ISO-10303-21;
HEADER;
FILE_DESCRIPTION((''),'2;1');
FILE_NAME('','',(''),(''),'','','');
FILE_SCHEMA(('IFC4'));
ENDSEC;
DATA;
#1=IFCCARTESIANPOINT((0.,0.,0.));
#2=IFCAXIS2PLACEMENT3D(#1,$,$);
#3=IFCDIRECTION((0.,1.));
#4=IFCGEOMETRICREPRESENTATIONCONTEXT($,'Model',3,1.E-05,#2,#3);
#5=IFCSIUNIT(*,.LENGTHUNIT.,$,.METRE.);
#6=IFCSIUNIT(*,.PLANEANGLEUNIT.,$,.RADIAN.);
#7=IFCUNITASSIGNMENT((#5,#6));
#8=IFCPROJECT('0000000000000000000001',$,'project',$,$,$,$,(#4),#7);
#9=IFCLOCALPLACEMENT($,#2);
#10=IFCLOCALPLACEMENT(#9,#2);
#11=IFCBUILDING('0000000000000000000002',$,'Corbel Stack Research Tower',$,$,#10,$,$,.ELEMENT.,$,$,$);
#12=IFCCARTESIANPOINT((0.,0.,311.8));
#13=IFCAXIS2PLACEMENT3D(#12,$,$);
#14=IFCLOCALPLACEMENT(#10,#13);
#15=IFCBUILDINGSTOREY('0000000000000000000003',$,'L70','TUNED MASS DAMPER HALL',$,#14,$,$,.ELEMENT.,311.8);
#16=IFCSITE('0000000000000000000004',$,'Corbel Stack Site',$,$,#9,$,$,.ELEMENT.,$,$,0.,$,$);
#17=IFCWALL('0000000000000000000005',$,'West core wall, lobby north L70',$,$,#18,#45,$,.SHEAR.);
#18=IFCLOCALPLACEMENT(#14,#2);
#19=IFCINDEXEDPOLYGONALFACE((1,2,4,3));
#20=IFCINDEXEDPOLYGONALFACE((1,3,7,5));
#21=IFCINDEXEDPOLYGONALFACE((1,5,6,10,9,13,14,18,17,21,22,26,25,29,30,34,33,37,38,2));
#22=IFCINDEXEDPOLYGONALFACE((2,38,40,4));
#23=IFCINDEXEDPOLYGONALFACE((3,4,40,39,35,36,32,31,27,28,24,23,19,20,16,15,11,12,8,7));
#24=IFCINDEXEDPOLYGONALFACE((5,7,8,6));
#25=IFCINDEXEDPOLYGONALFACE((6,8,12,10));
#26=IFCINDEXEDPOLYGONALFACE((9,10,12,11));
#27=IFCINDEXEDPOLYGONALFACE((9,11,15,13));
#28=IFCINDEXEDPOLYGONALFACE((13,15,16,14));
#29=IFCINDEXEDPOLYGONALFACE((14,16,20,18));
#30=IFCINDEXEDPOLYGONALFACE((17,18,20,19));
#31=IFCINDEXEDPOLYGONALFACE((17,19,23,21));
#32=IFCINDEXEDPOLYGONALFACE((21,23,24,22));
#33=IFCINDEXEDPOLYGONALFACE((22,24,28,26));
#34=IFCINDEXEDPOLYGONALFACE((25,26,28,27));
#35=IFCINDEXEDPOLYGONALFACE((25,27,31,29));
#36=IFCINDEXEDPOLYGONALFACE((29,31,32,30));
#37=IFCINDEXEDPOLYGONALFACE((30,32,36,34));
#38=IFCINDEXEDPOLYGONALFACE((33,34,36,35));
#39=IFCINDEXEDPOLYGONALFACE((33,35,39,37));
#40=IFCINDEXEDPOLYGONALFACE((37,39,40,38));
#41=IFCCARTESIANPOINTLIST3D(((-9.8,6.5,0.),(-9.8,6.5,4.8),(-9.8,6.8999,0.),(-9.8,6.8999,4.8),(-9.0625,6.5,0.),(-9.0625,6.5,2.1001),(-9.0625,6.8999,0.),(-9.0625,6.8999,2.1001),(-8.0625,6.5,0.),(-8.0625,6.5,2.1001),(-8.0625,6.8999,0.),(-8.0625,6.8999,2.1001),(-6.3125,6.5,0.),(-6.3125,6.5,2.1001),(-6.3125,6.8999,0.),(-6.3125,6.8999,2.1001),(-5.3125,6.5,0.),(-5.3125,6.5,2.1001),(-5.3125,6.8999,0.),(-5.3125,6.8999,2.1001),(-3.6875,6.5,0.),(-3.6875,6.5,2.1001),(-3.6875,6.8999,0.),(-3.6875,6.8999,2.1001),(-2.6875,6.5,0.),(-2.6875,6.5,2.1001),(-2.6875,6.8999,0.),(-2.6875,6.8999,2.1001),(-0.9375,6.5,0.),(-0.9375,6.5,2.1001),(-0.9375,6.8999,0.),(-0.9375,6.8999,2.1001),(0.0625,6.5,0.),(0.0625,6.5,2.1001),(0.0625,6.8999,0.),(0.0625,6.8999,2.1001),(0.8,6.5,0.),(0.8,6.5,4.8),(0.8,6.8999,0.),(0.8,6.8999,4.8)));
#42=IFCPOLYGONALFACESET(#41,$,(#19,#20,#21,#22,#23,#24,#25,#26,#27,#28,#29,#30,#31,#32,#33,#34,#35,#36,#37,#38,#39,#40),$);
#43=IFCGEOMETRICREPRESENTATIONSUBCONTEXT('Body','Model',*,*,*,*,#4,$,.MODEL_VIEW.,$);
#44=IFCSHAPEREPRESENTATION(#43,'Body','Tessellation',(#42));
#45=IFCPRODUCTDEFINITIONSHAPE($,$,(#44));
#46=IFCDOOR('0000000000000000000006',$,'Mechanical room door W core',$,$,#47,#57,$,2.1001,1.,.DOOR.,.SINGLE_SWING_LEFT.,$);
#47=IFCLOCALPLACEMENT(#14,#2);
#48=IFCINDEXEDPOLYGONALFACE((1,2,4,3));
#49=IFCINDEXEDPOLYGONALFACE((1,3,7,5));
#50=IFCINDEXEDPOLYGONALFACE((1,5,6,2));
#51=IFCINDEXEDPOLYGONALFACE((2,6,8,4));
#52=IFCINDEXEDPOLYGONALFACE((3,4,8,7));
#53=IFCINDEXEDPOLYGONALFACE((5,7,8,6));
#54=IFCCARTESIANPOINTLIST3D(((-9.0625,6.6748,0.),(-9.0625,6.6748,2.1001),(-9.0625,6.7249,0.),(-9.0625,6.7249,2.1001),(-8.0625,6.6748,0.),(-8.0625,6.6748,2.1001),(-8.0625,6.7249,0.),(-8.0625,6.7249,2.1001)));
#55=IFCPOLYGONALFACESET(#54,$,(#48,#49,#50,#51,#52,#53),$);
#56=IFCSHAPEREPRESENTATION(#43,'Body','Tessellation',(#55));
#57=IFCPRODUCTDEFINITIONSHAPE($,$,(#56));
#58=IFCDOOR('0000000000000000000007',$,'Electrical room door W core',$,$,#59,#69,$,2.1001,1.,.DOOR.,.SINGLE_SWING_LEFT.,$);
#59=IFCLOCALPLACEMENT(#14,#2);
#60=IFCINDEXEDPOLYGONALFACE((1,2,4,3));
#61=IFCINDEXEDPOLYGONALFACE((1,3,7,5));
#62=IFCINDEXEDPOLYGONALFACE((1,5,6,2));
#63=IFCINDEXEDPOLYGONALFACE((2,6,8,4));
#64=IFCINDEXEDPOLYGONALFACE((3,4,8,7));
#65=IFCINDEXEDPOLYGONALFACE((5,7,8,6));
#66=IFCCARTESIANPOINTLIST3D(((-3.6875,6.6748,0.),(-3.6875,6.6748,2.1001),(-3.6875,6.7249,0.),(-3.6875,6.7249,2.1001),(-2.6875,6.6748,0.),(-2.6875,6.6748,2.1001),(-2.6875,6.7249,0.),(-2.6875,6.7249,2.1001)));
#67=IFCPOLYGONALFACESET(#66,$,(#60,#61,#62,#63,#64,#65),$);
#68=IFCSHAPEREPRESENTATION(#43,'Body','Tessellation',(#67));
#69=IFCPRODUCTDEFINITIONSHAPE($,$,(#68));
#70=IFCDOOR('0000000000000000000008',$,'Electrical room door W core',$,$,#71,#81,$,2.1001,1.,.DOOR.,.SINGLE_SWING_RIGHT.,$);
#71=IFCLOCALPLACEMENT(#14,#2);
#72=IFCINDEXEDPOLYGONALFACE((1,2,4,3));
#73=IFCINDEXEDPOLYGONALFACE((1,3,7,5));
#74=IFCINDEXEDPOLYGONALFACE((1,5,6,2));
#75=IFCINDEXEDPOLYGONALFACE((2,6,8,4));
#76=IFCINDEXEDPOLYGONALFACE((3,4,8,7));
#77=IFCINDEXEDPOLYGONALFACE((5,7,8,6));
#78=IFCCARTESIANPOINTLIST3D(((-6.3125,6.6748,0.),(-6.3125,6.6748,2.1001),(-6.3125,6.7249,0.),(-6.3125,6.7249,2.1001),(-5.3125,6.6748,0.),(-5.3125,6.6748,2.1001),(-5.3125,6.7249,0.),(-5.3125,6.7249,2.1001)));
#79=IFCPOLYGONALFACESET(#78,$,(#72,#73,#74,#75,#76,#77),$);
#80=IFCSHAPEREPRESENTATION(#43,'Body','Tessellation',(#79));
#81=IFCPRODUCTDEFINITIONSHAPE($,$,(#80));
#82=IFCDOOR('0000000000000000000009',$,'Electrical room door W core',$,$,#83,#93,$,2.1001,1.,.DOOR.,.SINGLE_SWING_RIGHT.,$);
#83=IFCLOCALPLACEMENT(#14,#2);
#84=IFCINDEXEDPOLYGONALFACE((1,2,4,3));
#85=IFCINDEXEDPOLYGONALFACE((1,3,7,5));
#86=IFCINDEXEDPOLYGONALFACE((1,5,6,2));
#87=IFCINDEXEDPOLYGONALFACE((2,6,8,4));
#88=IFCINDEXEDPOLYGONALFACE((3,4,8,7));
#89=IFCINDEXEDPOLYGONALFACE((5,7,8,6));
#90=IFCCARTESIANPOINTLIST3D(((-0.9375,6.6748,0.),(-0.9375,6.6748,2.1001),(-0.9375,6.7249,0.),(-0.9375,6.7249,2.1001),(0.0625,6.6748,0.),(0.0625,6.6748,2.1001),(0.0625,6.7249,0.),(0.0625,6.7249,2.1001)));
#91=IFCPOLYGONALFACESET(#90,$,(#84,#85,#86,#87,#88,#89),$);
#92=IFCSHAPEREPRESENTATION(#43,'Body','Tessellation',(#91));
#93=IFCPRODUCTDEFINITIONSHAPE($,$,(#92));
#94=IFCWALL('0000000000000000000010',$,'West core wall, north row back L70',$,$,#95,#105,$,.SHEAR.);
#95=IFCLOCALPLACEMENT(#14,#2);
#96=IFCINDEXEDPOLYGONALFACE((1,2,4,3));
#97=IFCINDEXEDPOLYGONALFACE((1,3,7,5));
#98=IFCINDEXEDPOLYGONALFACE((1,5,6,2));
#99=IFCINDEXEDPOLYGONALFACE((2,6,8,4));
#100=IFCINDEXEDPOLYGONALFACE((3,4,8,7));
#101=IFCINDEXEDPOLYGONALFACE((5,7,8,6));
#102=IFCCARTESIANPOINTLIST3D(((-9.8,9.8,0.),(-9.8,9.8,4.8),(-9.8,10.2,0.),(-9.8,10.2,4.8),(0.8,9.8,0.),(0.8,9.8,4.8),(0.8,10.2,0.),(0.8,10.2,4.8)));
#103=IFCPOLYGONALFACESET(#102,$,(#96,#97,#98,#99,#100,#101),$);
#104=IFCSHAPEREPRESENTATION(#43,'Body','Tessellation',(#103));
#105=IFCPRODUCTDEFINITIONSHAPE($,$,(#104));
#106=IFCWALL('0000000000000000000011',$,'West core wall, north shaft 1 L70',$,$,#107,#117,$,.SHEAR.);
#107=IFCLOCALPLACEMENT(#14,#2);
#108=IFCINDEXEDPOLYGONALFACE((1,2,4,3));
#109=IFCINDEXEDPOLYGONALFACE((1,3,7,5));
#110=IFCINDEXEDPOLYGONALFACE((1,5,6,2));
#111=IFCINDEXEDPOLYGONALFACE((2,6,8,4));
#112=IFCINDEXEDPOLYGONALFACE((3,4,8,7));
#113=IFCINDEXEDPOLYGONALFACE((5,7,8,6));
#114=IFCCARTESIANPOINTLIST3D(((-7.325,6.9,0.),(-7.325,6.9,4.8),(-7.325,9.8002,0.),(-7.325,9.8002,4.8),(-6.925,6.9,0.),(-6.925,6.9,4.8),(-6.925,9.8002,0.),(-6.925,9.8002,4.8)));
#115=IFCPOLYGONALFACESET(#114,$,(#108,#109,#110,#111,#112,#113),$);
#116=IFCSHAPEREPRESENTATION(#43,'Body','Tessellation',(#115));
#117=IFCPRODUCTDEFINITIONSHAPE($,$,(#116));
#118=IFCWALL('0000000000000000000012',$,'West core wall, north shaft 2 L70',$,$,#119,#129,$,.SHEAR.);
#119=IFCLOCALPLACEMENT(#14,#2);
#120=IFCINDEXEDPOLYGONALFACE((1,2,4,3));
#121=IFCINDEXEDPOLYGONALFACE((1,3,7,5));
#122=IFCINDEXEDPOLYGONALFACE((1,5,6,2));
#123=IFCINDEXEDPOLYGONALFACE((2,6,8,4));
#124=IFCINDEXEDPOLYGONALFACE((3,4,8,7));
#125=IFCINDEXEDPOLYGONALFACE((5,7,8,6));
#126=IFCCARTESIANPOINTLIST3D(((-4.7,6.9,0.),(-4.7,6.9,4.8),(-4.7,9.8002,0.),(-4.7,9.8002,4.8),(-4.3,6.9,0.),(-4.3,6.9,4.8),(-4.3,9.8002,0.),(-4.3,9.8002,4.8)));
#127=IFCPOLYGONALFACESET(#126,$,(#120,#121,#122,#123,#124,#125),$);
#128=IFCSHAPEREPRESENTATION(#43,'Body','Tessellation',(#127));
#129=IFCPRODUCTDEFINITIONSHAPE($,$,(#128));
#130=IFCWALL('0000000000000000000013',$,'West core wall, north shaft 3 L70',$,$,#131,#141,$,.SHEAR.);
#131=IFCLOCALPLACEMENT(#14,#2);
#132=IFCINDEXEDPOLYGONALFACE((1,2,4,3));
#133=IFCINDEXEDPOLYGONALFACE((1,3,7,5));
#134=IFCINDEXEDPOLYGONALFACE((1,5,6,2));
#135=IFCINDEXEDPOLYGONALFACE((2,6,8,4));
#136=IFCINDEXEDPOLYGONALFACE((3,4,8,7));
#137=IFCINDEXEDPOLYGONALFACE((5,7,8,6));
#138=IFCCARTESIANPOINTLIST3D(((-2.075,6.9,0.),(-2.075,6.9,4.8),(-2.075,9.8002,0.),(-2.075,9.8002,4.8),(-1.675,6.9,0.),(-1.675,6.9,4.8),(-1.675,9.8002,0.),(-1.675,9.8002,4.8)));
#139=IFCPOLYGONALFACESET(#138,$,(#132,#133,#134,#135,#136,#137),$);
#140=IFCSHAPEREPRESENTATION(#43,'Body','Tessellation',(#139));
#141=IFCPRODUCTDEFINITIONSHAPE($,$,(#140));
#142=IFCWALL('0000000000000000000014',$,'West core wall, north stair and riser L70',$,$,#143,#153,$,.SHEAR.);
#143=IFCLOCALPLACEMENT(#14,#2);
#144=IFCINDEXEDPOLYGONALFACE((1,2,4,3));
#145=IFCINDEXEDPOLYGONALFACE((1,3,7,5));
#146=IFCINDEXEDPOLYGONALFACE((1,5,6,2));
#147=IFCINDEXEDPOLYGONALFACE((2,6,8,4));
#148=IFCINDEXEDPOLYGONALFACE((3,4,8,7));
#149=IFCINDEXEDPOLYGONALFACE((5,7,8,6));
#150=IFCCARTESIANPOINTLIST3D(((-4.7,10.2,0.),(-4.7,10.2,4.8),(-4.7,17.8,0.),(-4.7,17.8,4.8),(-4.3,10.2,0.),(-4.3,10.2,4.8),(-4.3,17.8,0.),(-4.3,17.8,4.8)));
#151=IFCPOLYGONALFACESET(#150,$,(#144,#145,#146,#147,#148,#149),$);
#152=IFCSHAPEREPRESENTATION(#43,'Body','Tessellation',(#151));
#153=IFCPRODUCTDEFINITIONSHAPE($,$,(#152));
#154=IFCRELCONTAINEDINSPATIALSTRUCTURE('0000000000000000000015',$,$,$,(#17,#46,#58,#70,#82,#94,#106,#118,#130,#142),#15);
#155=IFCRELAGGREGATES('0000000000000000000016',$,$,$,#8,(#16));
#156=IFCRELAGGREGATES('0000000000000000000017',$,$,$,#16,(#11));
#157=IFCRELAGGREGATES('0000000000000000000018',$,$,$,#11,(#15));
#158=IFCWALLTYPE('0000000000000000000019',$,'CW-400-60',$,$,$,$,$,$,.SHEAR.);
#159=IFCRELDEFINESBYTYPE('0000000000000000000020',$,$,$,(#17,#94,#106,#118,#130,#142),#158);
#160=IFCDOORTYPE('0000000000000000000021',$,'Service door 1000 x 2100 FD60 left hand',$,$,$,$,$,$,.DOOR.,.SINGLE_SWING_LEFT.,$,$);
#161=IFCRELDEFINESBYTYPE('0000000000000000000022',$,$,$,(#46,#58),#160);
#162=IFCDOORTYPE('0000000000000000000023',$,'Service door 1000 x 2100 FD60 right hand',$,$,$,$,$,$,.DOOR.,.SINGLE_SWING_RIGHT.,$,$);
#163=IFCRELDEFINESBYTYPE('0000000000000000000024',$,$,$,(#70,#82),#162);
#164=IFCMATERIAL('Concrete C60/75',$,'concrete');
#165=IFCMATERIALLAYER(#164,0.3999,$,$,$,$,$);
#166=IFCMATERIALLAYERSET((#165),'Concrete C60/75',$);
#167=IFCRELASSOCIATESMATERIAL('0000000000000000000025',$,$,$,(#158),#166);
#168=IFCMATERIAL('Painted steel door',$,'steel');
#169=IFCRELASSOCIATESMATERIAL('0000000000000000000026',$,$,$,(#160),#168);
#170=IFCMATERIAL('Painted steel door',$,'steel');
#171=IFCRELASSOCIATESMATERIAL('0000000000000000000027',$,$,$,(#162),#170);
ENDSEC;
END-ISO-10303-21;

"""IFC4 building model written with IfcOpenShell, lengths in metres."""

from ifc_helpers import new_model, si_unit, direction, frame, frame_2d, origin, place, context, subcontext, project, spatial, rectangle, extrude, material, layer, layer_set, type_object, element, fill, save


model = new_model("IFC4")

# Units and contexts
model_context = context("Model", 3, precision=1e-05, world=origin(), true_north=direction((0.0, 1.0)))
body_context = subcontext(model_context, "Body", "Model", "MODEL_VIEW")
ifc_project = project(units=[si_unit("LENGTHUNIT", "METRE"), si_unit("PLANEANGLEUNIT", "RADIAN")], contexts=[model_context])

# Site, building, storey
site_placement = place(None, origin())
site = spatial("IfcSite", under=ifc_project, at=site_placement, Name="Corbel Stack Site", CompositionType="ELEMENT", RefElevation=0.0)
building_placement = place(site_placement, origin())
building = spatial("IfcBuilding", under=site, at=building_placement, Name="Corbel Stack Research Tower", CompositionType="ELEMENT")
storey_placement = place(building_placement, frame((0.0, 0.0, 311.8)))
storey = spatial("IfcBuildingStorey", under=building, at=storey_placement, Name="L70", Description="TUNED MASS DAMPER HALL", CompositionType="ELEMENT", Elevation=311.8)

# Wall, openings, doors
ifc_material_1 = material(Name="Concrete C60/75", Category="concrete")
ifc_layer_1 = layer(ifc_material_1, 0.3999)
ifc_layer_set_1 = layer_set([ifc_layer_1], Name="Concrete C60/75")
wall_type = type_object("IfcWallType", Name="CW-400-60", PredefinedType="SHEAR", material=ifc_layer_set_1)
wall_1_placement = place(storey_placement, frame((-9.8, 6.7, 0.0), z_axis=(0.0, 0.0, 1.0), x_axis=(1.0, 0.0, 0.0)))
wall_1 = element("IfcWall", 1, at=wall_1_placement, inside=storey, type_object=wall_type, Name="West core wall, lobby north L70", PredefinedType="SHEAR", context=body_context, shape_type="SweptSolid", body=[
    extrude(rectangle(XDim=10.6001, YDim=0.3999, at=frame_2d((5.3, 0.0))), origin(), (0.0, 0.0, 1.0), 4.8),
])
opening_1_placement = place(wall_1_placement, frame((0.7375, 0.0, 0.0)))
opening_1 = element("IfcOpeningElement", 2, at=opening_1_placement, cuts=wall_1, PredefinedType="OPENING", context=body_context, shape_type="SweptSolid", body=[
    extrude(rectangle(XDim=1.0, YDim=2.1001, at=frame_2d((0.5, 1.05))), frame((0.0, 0.21, 0.0), z_axis=(0.0, -1.0, 0.0), x_axis=(1.0, 0.0, 0.0)), (0.0, 0.0, 1.0), 0.4199),
])
opening_2_placement = place(wall_1_placement, frame((3.4875, 0.0, 0.0)))
opening_2 = element("IfcOpeningElement", 3, at=opening_2_placement, cuts=wall_1, PredefinedType="OPENING", context=body_context, shape_type="SweptSolid", body=[
    extrude(rectangle(XDim=1.0, YDim=2.1001, at=frame_2d((0.5, 1.05))), frame((0.0, 0.21, 0.0), z_axis=(0.0, -1.0, 0.0), x_axis=(1.0, 0.0, 0.0)), (0.0, 0.0, 1.0), 0.4199),
])
opening_3_placement = place(wall_1_placement, frame((6.1125, 0.0, 0.0)))
opening_3 = element("IfcOpeningElement", 4, at=opening_3_placement, cuts=wall_1, PredefinedType="OPENING", context=body_context, shape_type="SweptSolid", body=[
    extrude(rectangle(XDim=1.0, YDim=2.1001, at=frame_2d((0.5, 1.05))), frame((0.0, 0.21, 0.0), z_axis=(0.0, -1.0, 0.0), x_axis=(1.0, 0.0, 0.0)), (0.0, 0.0, 1.0), 0.4199),
])
opening_4_placement = place(wall_1_placement, frame((8.8625, 0.0, 0.0)))
opening_4 = element("IfcOpeningElement", 5, at=opening_4_placement, cuts=wall_1, PredefinedType="OPENING", context=body_context, shape_type="SweptSolid", body=[
    extrude(rectangle(XDim=1.0, YDim=2.1001, at=frame_2d((0.5, 1.05))), frame((0.0, 0.21, 0.0), z_axis=(0.0, -1.0, 0.0), x_axis=(1.0, 0.0, 0.0)), (0.0, 0.0, 1.0), 0.4199),
])
ifc_material_2 = material(Name="Painted steel door", Category="steel")
door_type_1 = type_object("IfcDoorType", Name="Service door 1000 x 2100 FD60 left hand", OperationType="SINGLE_SWING_LEFT", PredefinedType="DOOR", material=ifc_material_2)
door_1_placement = place(opening_1_placement, origin())
door_1 = element("IfcDoor", 6, at=door_1_placement, inside=storey, type_object=door_type_1, Name="Mechanical room door W core", OperationType="SINGLE_SWING_LEFT", OverallHeight=2.1001, OverallWidth=1.0, PredefinedType="DOOR", context=body_context, shape_type="SweptSolid", body=[
    extrude(rectangle(XDim=1.0, YDim=2.1001, at=frame_2d((0.5, 1.05))), frame((0.0, 0.0249, 0.0), z_axis=(0.0, -1.0, 0.0), x_axis=(1.0, 0.0, 0.0)), (0.0, 0.0, 1.0), 0.05),
])
fill(opening_1, door_1)
door_2_placement = place(opening_3_placement, origin())
door_2 = element("IfcDoor", 7, at=door_2_placement, inside=storey, type_object=door_type_1, Name="Electrical room door W core", OperationType="SINGLE_SWING_LEFT", OverallHeight=2.1001, OverallWidth=1.0, PredefinedType="DOOR", context=body_context, shape_type="SweptSolid", body=[
    extrude(rectangle(XDim=1.0, YDim=2.1001, at=frame_2d((0.5, 1.05))), frame((0.0, 0.0249, 0.0), z_axis=(0.0, -1.0, 0.0), x_axis=(1.0, 0.0, 0.0)), (0.0, 0.0, 1.0), 0.05),
])
fill(opening_3, door_2)
ifc_material_3 = material(Name="Painted steel door", Category="steel")
door_type_2 = type_object("IfcDoorType", Name="Service door 1000 x 2100 FD60 right hand", OperationType="SINGLE_SWING_RIGHT", PredefinedType="DOOR", material=ifc_material_3)
door_3_placement = place(opening_2_placement, origin())
door_3 = element("IfcDoor", 8, at=door_3_placement, inside=storey, type_object=door_type_2, Name="Electrical room door W core", OperationType="SINGLE_SWING_RIGHT", OverallHeight=2.1001, OverallWidth=1.0, PredefinedType="DOOR", context=body_context, shape_type="SweptSolid", body=[
    extrude(rectangle(XDim=1.0, YDim=2.1001, at=frame_2d((0.5, 1.05))), frame((0.0, 0.0249, 0.0), z_axis=(0.0, -1.0, 0.0), x_axis=(1.0, 0.0, 0.0)), (0.0, 0.0, 1.0), 0.05),
])
fill(opening_2, door_3)
door_4_placement = place(opening_4_placement, origin())
door_4 = element("IfcDoor", 9, at=door_4_placement, inside=storey, type_object=door_type_2, Name="Electrical room door W core", OperationType="SINGLE_SWING_RIGHT", OverallHeight=2.1001, OverallWidth=1.0, PredefinedType="DOOR", context=body_context, shape_type="SweptSolid", body=[
    extrude(rectangle(XDim=1.0, YDim=2.1001, at=frame_2d((0.5, 1.05))), frame((0.0, 0.0249, 0.0), z_axis=(0.0, -1.0, 0.0), x_axis=(1.0, 0.0, 0.0)), (0.0, 0.0, 1.0), 0.05),
])
fill(opening_4, door_4)

# Walls
wall_2_placement = place(storey_placement, frame((-9.8, 10.0, 0.0), z_axis=(0.0, 0.0, 1.0), x_axis=(1.0, 0.0, 0.0)))
element("IfcWall", 10, at=wall_2_placement, inside=storey, type_object=wall_type, Name="West core wall, north row back L70", PredefinedType="SHEAR", context=body_context, shape_type="SweptSolid", body=[
    extrude(rectangle(XDim=10.6001, YDim=0.3999, at=frame_2d((5.3, 0.0))), origin(), (0.0, 0.0, 1.0), 4.8),
])
for number, where, z_axis, x_axis, name in (
    (11, (-7.125, 6.8999, 0.0), (0.0, 0.0, 1.0), (0.0, 1.0, 0.0), "West core wall, north shaft 1 L70"),
    (12, (-4.5, 6.8999, 0.0), (0.0, 0.0, 1.0), (0.0, 1.0, 0.0), "West core wall, north shaft 2 L70"),
    (13, (-1.875, 6.8999, 0.0), (0.0, 0.0, 1.0), (0.0, 1.0, 0.0), "West core wall, north shaft 3 L70"),
):
    element("IfcWall", number, at=place(storey_placement, frame(where, z_axis=z_axis, x_axis=x_axis)), inside=storey, type_object=wall_type, Name=name, PredefinedType="SHEAR", context=body_context, shape_type="SweptSolid", body=[
        extrude(rectangle(XDim=2.9001, YDim=0.3999, at=frame_2d((1.4502, 0.0))), origin(), (0.0, 0.0, 1.0), 4.8),
    ])
wall_3_placement = place(storey_placement, frame((-4.5, 10.2, 0.0), z_axis=(0.0, 0.0, 1.0), x_axis=(0.0, 1.0, 0.0)))
element("IfcWall", 14, at=wall_3_placement, inside=storey, type_object=wall_type, Name="West core wall, north stair and riser L70", PredefinedType="SHEAR", context=body_context, shape_type="SweptSolid", body=[
    extrude(rectangle(XDim=7.6001, YDim=0.3999, at=frame_2d((3.8, 0.0))), origin(), (0.0, 0.0, 1.0), 4.8),
])

save(model, "model.ifc")
